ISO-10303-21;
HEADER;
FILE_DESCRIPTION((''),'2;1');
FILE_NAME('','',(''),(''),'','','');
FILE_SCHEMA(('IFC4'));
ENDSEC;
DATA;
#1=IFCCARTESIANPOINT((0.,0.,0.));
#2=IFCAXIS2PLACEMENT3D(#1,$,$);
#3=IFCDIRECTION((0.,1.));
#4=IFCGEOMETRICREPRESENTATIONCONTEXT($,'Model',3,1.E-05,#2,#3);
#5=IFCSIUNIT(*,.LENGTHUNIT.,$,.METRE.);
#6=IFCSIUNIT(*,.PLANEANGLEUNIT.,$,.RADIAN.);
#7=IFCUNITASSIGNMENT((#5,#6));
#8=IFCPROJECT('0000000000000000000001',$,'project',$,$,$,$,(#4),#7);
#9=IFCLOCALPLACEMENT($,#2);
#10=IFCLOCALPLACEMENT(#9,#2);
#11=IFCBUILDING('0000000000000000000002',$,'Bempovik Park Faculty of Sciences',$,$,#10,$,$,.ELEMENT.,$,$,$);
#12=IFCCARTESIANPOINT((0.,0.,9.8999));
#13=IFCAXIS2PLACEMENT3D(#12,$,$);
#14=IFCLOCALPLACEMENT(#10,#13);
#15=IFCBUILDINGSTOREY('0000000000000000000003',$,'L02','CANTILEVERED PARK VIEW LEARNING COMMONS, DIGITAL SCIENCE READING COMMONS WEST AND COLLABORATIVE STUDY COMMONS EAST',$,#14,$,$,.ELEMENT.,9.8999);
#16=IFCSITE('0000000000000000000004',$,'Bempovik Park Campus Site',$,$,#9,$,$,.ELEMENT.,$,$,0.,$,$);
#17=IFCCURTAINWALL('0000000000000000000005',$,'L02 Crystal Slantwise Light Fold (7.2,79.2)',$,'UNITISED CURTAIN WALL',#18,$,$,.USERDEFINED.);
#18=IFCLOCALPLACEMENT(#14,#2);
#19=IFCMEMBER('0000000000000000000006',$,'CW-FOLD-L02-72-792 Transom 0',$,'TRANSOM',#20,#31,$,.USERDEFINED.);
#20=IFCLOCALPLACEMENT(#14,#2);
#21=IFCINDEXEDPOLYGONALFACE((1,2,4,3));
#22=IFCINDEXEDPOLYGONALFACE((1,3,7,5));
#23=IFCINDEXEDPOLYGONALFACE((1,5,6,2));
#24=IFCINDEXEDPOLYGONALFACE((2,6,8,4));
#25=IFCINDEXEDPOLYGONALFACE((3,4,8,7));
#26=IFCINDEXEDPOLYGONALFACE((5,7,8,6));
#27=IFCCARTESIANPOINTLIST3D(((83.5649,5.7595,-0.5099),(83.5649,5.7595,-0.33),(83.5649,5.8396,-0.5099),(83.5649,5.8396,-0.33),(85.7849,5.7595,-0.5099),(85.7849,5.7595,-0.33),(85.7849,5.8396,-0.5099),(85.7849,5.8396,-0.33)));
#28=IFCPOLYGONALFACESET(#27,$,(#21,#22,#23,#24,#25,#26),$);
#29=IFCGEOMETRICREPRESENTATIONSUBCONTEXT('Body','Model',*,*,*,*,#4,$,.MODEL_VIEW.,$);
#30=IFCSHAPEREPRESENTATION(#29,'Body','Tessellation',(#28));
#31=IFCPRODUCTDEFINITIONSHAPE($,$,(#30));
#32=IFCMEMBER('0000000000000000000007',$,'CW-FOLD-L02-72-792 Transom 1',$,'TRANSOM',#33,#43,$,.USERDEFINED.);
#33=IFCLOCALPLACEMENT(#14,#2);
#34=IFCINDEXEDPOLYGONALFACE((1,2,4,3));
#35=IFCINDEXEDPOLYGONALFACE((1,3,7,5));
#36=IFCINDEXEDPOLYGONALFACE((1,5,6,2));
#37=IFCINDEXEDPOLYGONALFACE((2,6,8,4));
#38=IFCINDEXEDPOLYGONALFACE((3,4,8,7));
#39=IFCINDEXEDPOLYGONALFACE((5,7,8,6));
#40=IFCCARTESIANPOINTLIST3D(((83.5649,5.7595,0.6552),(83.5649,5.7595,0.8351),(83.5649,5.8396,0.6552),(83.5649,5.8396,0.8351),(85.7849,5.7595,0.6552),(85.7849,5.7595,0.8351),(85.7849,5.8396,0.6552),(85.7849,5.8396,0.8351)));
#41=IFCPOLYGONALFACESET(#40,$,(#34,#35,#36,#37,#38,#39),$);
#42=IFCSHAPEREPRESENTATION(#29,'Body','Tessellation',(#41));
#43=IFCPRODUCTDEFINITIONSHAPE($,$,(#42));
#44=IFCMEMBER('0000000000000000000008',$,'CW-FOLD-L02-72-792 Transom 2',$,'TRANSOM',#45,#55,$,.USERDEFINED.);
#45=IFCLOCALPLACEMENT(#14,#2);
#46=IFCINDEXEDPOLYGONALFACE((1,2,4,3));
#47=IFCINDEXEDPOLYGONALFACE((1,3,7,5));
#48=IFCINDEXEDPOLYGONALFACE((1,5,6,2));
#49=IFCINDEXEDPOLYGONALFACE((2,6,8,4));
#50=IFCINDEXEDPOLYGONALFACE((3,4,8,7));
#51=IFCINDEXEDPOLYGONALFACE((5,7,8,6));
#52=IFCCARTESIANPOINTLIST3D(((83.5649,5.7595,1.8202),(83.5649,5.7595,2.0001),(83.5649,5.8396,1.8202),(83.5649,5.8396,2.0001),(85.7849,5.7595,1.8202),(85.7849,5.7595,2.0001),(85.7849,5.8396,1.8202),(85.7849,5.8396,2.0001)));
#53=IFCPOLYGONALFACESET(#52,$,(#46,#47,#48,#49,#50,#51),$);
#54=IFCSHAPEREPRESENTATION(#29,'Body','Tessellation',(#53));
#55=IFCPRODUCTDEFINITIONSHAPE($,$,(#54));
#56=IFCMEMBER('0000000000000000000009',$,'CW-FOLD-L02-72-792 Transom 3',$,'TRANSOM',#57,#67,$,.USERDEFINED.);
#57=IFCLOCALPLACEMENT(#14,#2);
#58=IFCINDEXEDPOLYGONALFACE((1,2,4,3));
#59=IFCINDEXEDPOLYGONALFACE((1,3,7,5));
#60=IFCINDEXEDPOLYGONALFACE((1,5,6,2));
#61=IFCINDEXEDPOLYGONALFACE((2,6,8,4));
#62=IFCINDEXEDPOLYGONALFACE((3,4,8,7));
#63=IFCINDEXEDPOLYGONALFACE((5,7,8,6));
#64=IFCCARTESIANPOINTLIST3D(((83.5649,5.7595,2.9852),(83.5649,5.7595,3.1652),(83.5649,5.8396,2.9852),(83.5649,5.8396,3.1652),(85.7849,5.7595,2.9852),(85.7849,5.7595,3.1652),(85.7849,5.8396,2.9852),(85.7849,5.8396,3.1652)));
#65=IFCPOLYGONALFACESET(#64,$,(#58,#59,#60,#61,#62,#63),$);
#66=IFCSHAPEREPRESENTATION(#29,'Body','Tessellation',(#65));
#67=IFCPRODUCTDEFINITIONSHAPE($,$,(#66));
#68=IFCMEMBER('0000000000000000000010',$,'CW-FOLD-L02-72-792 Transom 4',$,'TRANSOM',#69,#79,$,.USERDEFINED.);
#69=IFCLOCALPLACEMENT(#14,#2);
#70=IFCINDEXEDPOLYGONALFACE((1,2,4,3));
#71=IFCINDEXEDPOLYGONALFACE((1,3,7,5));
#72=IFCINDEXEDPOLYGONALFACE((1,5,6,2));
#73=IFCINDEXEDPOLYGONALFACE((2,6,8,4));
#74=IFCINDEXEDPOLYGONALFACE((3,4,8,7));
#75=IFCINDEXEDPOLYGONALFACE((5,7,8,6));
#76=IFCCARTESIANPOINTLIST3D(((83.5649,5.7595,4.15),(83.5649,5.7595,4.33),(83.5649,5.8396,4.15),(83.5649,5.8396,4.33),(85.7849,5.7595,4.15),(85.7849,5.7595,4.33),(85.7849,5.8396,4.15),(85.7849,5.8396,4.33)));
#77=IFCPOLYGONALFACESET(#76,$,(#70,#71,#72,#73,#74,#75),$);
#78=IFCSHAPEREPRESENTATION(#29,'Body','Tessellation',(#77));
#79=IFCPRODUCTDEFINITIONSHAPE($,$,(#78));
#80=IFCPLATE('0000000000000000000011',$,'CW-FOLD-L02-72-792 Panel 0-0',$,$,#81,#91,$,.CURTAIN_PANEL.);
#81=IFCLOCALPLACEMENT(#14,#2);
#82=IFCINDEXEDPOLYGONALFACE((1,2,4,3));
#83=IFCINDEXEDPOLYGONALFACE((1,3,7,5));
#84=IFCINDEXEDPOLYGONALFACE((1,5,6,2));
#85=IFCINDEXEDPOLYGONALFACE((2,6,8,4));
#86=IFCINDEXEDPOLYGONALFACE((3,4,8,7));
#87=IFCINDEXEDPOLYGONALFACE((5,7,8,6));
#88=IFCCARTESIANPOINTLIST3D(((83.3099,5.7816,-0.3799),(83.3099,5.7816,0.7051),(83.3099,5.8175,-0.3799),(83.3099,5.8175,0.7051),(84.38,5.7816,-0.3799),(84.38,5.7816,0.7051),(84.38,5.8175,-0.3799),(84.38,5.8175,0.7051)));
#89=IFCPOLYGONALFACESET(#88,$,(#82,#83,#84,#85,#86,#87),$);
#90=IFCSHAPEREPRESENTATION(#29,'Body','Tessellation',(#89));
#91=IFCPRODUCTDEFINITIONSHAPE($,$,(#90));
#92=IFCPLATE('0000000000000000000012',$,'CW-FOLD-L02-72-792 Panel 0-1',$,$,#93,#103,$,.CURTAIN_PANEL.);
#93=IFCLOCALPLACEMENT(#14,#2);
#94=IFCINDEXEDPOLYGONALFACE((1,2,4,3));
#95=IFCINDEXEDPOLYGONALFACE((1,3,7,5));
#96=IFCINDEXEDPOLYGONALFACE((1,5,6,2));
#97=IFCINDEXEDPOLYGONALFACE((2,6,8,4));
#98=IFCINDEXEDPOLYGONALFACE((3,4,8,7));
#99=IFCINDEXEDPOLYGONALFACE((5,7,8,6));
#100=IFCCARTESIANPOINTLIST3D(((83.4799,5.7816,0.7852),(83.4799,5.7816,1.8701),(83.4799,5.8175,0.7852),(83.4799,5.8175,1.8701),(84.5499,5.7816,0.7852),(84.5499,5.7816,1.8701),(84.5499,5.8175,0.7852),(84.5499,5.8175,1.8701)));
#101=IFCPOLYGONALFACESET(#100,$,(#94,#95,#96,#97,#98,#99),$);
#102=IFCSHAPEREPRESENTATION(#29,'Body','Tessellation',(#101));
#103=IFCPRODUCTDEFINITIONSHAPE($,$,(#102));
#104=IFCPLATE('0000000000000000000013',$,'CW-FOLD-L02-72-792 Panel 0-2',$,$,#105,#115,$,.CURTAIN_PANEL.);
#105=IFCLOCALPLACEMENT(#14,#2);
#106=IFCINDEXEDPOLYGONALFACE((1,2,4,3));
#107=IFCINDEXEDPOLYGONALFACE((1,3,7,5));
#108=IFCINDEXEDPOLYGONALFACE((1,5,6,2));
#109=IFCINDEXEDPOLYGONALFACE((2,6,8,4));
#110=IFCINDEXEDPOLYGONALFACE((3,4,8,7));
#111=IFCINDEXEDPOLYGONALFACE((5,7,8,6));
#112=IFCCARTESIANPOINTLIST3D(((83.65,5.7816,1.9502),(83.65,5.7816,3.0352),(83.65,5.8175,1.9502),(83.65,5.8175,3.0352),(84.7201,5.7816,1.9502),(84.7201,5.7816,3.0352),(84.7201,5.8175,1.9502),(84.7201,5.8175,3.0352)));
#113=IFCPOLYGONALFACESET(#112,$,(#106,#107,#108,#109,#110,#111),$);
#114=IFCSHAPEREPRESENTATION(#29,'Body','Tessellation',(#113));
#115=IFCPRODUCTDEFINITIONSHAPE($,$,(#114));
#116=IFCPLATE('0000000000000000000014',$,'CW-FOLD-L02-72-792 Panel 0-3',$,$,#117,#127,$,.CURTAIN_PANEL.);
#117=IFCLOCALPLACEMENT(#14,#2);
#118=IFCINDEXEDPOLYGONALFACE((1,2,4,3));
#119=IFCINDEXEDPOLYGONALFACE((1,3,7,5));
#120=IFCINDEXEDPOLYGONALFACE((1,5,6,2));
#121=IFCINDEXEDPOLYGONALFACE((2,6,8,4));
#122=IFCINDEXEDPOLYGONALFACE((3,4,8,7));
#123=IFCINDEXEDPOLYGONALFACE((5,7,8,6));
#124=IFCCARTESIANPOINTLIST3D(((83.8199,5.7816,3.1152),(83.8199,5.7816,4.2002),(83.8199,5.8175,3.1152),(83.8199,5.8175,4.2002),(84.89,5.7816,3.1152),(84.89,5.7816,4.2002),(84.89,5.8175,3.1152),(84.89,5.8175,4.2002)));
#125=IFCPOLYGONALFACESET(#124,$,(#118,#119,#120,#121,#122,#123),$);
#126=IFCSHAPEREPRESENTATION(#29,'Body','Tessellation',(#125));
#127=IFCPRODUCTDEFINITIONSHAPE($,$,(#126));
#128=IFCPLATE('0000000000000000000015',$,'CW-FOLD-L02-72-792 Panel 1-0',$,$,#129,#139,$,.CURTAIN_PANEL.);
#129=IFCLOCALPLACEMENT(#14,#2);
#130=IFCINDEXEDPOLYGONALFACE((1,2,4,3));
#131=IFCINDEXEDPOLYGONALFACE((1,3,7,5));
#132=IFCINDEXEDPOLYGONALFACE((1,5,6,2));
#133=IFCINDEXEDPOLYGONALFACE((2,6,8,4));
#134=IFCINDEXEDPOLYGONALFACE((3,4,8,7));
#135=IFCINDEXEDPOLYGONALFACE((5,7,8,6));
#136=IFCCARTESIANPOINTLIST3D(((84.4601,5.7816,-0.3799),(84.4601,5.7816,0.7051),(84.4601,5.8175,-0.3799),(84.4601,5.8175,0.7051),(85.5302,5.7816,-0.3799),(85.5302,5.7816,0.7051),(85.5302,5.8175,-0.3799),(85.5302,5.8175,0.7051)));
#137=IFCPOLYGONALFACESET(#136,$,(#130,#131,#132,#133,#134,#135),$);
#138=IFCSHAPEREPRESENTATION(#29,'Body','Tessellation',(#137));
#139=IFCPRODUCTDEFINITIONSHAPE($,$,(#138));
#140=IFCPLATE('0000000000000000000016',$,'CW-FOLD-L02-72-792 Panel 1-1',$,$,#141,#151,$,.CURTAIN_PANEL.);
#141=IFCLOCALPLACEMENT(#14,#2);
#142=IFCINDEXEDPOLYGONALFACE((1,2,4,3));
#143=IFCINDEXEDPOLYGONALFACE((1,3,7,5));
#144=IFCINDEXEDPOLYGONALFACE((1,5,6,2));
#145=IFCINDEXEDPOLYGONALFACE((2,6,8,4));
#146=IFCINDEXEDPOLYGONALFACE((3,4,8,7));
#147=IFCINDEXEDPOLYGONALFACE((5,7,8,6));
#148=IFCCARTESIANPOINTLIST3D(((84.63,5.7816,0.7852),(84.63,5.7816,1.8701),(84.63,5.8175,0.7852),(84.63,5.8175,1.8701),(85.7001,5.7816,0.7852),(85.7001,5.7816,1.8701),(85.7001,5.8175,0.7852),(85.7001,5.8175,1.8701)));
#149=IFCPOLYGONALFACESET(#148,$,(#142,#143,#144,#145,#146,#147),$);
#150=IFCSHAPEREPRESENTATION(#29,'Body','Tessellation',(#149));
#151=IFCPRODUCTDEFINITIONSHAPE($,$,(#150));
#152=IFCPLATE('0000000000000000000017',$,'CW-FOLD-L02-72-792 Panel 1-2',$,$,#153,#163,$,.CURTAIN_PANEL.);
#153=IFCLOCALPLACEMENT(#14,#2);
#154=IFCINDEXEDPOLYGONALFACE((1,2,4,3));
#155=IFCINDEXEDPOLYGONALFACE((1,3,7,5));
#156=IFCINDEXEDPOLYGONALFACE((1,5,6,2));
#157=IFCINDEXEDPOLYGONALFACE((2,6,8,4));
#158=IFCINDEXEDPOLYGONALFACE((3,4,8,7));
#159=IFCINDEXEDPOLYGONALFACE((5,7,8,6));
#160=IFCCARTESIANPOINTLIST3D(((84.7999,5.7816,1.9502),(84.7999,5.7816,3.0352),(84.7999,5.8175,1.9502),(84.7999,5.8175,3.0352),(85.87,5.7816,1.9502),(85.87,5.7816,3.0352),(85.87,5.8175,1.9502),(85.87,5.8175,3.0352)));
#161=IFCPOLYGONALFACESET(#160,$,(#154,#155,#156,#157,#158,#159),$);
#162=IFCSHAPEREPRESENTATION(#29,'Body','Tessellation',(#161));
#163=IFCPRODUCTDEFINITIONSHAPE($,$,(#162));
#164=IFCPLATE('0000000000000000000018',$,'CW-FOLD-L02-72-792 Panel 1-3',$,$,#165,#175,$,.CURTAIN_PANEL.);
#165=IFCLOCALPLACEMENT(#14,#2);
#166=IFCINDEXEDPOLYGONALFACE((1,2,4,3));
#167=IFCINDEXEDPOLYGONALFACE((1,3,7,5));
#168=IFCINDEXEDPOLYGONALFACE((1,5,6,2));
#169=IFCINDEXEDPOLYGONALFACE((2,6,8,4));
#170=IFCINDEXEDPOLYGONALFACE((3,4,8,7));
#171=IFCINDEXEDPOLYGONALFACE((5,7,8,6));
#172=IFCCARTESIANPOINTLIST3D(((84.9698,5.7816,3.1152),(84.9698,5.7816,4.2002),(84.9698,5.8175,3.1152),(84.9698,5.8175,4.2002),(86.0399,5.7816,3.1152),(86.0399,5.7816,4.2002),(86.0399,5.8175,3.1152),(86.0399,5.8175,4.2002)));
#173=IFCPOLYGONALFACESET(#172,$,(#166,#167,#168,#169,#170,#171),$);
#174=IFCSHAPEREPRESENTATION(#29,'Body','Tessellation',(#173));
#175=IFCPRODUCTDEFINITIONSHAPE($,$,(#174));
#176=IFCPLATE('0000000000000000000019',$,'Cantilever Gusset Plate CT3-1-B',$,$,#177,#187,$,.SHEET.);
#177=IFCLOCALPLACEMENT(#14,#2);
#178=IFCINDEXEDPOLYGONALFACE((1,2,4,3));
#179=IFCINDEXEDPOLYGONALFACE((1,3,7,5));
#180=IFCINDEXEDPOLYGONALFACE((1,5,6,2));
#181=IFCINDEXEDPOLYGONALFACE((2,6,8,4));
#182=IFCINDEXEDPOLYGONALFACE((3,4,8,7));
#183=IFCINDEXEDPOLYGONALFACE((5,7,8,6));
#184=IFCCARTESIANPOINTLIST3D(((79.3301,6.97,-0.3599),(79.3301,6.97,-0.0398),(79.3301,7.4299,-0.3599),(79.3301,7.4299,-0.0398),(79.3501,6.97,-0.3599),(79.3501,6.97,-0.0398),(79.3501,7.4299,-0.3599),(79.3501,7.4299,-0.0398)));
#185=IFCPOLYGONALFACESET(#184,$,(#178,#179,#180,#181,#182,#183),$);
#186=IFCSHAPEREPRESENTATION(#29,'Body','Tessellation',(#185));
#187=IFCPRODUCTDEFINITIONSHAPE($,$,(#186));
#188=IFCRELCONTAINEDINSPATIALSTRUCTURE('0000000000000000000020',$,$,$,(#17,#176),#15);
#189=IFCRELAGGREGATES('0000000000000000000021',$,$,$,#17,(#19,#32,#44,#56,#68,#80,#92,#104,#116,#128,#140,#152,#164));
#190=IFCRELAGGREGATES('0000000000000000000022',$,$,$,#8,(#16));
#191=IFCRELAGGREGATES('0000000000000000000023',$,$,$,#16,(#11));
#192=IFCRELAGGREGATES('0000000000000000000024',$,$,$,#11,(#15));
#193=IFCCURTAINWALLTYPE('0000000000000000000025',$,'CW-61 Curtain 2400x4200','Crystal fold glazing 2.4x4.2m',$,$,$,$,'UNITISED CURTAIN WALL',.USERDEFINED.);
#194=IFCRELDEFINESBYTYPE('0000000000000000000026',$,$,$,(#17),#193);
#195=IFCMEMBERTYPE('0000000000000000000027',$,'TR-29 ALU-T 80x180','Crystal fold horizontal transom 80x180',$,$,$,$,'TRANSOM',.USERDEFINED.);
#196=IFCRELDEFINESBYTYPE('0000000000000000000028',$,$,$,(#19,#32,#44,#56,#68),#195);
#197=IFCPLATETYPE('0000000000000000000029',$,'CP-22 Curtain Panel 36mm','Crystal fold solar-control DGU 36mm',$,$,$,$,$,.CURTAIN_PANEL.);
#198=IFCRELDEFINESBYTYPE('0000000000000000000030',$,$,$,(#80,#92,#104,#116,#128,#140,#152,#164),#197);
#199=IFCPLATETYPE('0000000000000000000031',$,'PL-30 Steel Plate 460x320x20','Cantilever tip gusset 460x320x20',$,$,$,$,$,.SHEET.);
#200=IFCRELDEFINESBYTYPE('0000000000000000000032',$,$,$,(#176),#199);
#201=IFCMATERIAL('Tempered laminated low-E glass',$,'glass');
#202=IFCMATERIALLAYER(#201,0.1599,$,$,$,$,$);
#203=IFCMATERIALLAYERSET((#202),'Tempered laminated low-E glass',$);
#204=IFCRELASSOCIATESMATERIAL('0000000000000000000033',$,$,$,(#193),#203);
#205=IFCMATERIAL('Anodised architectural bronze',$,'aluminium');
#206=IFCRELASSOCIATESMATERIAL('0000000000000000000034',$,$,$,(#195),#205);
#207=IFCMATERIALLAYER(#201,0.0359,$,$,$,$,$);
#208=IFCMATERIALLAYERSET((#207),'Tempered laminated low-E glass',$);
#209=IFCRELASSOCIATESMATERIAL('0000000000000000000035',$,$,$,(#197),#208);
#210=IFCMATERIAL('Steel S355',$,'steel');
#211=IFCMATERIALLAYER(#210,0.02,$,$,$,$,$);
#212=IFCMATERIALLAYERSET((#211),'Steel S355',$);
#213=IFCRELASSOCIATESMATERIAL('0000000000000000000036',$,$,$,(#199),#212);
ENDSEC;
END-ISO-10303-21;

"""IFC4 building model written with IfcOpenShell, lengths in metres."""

from ifc_helpers import new_model, si_unit, direction, frame, origin, origin_2d, place, context, subcontext, project, spatial, rectangle, extrude, material, layer, layer_set, material_profile, profile_set, type_object, element, aggregate, save


model = new_model("IFC4")

# Units and contexts
model_context = context("Model", 3, precision=1e-05, world=origin(), true_north=direction((0.0, 1.0)))
body_context = subcontext(model_context, "Body", "Model", "MODEL_VIEW")
ifc_project = project(units=[si_unit("LENGTHUNIT", "METRE"), si_unit("PLANEANGLEUNIT", "RADIAN")], contexts=[model_context])

# Site, building, storey
site_placement = place(None, origin())
site = spatial("IfcSite", under=ifc_project, at=site_placement, Name="Bempovik Park Campus Site", CompositionType="ELEMENT", RefElevation=0.0)
building_placement = place(site_placement, origin())
building = spatial("IfcBuilding", under=site, at=building_placement, Name="Bempovik Park Faculty of Sciences", CompositionType="ELEMENT")
storey_placement = place(building_placement, frame((0.0, 0.0, 9.8999)))
storey = spatial("IfcBuildingStorey", under=building, at=storey_placement, Name="L02", Description="CANTILEVERED PARK VIEW LEARNING COMMONS, DIGITAL SCIENCE READING COMMONS WEST AND COLLABORATIVE STUDY COMMONS EAST", CompositionType="ELEMENT", Elevation=9.8999)

# Shared definitions
ifc_material_1 = material(Name="Steel S355", Category="steel")

# Curtain wall, members, plates
ifc_material_2 = material(Name="Tempered laminated low-E glass", Category="glass")
ifc_layer_1 = layer(ifc_material_2, 0.1599)
ifc_layer_set_1 = layer_set([ifc_layer_1], Name="Tempered laminated low-E glass")
curtain_wall_type = type_object("IfcCurtainWallType", Name="CW-61 Curtain 2400x4200", Description="Crystal fold glazing 2.4x4.2m", ElementType="UNITISED CURTAIN WALL", PredefinedType="USERDEFINED", material=ifc_layer_set_1)
curtain_wall_placement = place(storey_placement, origin())
curtain_wall = element("IfcCurtainWall", 1, at=curtain_wall_placement, inside=storey, type_object=curtain_wall_type, Name="L02 Crystal Slantwise Light Fold (7.2,79.2)", ObjectType="UNITISED CURTAIN WALL", PredefinedType="USERDEFINED")
ifc_material_3 = material(Name="Anodised architectural bronze", Category="aluminium")
ifc_material_profile_1 = material_profile(ifc_material_3, rectangle(XDim=0.0801, YDim=0.1799, at=origin_2d()), Name="ALU-T 80x180")
ifc_profile_set_1 = profile_set([ifc_material_profile_1], Name="Anodised architectural bronze")
member_type_1 = type_object("IfcMemberType", Name="TR-29 ALU-T 80x180", Description="Crystal fold horizontal transom 80x180", ElementType="TRANSOM", PredefinedType="USERDEFINED", material=ifc_profile_set_1)
member_1_placement = place(storey_placement, frame((83.5649, 5.7996, -0.4199), z_axis=(1.0, 0.0, 0.0), x_axis=(0.0, 1.0, 0.0)))
member_1 = element("IfcMember", 2, at=member_1_placement, type_object=member_type_1, Name="CW-FOLD-L02-72-792 Transom 0", ObjectType="TRANSOM", PredefinedType="USERDEFINED", context=body_context, shape_type="SweptSolid", body=[
    extrude(rectangle(XDim=0.0801, YDim=0.1799, at=origin_2d()), origin(), (0.0, 0.0, 1.0), 2.22),
])
member_2_placement = place(storey_placement, frame((83.5649, 5.7996, 0.7451), z_axis=(1.0, 0.0, 0.0), x_axis=(0.0, 1.0, 0.0)))
member_2 = element("IfcMember", 3, at=member_2_placement, type_object=member_type_1, Name="CW-FOLD-L02-72-792 Transom 1", ObjectType="TRANSOM", PredefinedType="USERDEFINED", context=body_context, shape_type="SweptSolid", body=[
    extrude(rectangle(XDim=0.0801, YDim=0.1799, at=origin_2d()), origin(), (0.0, 0.0, 1.0), 2.22),
])
member_3_placement = place(storey_placement, frame((83.5649, 5.7996, 1.9102), z_axis=(1.0, 0.0, 0.0), x_axis=(0.0, 1.0, 0.0)))
member_3 = element("IfcMember", 4, at=member_3_placement, type_object=member_type_1, Name="CW-FOLD-L02-72-792 Transom 2", ObjectType="TRANSOM", PredefinedType="USERDEFINED", context=body_context, shape_type="SweptSolid", body=[
    extrude(rectangle(XDim=0.0801, YDim=0.1799, at=origin_2d()), origin(), (0.0, 0.0, 1.0), 2.22),
])
member_4_placement = place(storey_placement, frame((83.5649, 5.7996, 3.0752), z_axis=(1.0, 0.0, 0.0), x_axis=(0.0, 1.0, 0.0)))
member_4 = element("IfcMember", 5, at=member_4_placement, type_object=member_type_1, Name="CW-FOLD-L02-72-792 Transom 3", ObjectType="TRANSOM", PredefinedType="USERDEFINED", context=body_context, shape_type="SweptSolid", body=[
    extrude(rectangle(XDim=0.0801, YDim=0.1799, at=origin_2d()), origin(), (0.0, 0.0, 1.0), 2.22),
])
member_5_placement = place(storey_placement, frame((83.5649, 5.7996, 4.24), z_axis=(1.0, 0.0, 0.0), x_axis=(0.0, 1.0, 0.0)))
member_5 = element("IfcMember", 6, at=member_5_placement, type_object=member_type_1, Name="CW-FOLD-L02-72-792 Transom 4", ObjectType="TRANSOM", PredefinedType="USERDEFINED", context=body_context, shape_type="SweptSolid", body=[
    extrude(rectangle(XDim=0.0801, YDim=0.1799, at=origin_2d()), origin(), (0.0, 0.0, 1.0), 2.22),
])
ifc_layer_2 = layer(ifc_material_2, 0.0359)
ifc_layer_set_2 = layer_set([ifc_layer_2], Name="Tempered laminated low-E glass")
plate_type_1 = type_object("IfcPlateType", Name="CP-22 Curtain Panel 36mm", Description="Crystal fold solar-control DGU 36mm", PredefinedType="CURTAIN_PANEL", material=ifc_layer_set_2)
plate_1_placement = place(storey_placement, frame((83.845, 5.7996, -0.3799), z_axis=(0.0, 0.0, 1.0), x_axis=(1.0, 0.0, 0.0)))
plate_1 = element("IfcPlate", 7, at=plate_1_placement, type_object=plate_type_1, Name="CW-FOLD-L02-72-792 Panel 0-0", PredefinedType="CURTAIN_PANEL", context=body_context, shape_type="SweptSolid", body=[
    extrude(rectangle(XDim=1.0701, YDim=0.0359, at=origin_2d()), origin(), (0.0, 0.0, 1.0), 1.085),
])
plate_2_placement = place(storey_placement, frame((84.0149, 5.7996, 0.7852), z_axis=(0.0, 0.0, 1.0), x_axis=(1.0, 0.0, 0.0)))
plate_2 = element("IfcPlate", 8, at=plate_2_placement, type_object=plate_type_1, Name="CW-FOLD-L02-72-792 Panel 0-1", PredefinedType="CURTAIN_PANEL", context=body_context, shape_type="SweptSolid", body=[
    extrude(rectangle(XDim=1.0701, YDim=0.0359, at=origin_2d()), origin(), (0.0, 0.0, 1.0), 1.085),
])
plate_3_placement = place(storey_placement, frame((84.1851, 5.7996, 1.9502), z_axis=(0.0, 0.0, 1.0), x_axis=(1.0, 0.0, 0.0)))
plate_3 = element("IfcPlate", 9, at=plate_3_placement, type_object=plate_type_1, Name="CW-FOLD-L02-72-792 Panel 0-2", PredefinedType="CURTAIN_PANEL", context=body_context, shape_type="SweptSolid", body=[
    extrude(rectangle(XDim=1.0701, YDim=0.0359, at=origin_2d()), origin(), (0.0, 0.0, 1.0), 1.085),
])
plate_4_placement = place(storey_placement, frame((84.355, 5.7996, 3.1152), z_axis=(0.0, 0.0, 1.0), x_axis=(1.0, 0.0, 0.0)))
plate_4 = element("IfcPlate", 10, at=plate_4_placement, type_object=plate_type_1, Name="CW-FOLD-L02-72-792 Panel 0-3", PredefinedType="CURTAIN_PANEL", context=body_context, shape_type="SweptSolid", body=[
    extrude(rectangle(XDim=1.0701, YDim=0.0359, at=origin_2d()), origin(), (0.0, 0.0, 1.0), 1.085),
])
plate_5_placement = place(storey_placement, frame((84.9951, 5.7996, -0.3799), z_axis=(0.0, 0.0, 1.0), x_axis=(1.0, 0.0, 0.0)))
plate_5 = element("IfcPlate", 11, at=plate_5_placement, type_object=plate_type_1, Name="CW-FOLD-L02-72-792 Panel 1-0", PredefinedType="CURTAIN_PANEL", context=body_context, shape_type="SweptSolid", body=[
    extrude(rectangle(XDim=1.0701, YDim=0.0359, at=origin_2d()), origin(), (0.0, 0.0, 1.0), 1.085),
])
plate_6_placement = place(storey_placement, frame((85.165, 5.7996, 0.7852), z_axis=(0.0, 0.0, 1.0), x_axis=(1.0, 0.0, 0.0)))
plate_6 = element("IfcPlate", 12, at=plate_6_placement, type_object=plate_type_1, Name="CW-FOLD-L02-72-792 Panel 1-1", PredefinedType="CURTAIN_PANEL", context=body_context, shape_type="SweptSolid", body=[
    extrude(rectangle(XDim=1.0701, YDim=0.0359, at=origin_2d()), origin(), (0.0, 0.0, 1.0), 1.085),
])
plate_7_placement = place(storey_placement, frame((85.335, 5.7996, 1.9502), z_axis=(0.0, 0.0, 1.0), x_axis=(1.0, 0.0, 0.0)))
plate_7 = element("IfcPlate", 13, at=plate_7_placement, type_object=plate_type_1, Name="CW-FOLD-L02-72-792 Panel 1-2", PredefinedType="CURTAIN_PANEL", context=body_context, shape_type="SweptSolid", body=[
    extrude(rectangle(XDim=1.0701, YDim=0.0359, at=origin_2d()), origin(), (0.0, 0.0, 1.0), 1.085),
])
plate_8_placement = place(storey_placement, frame((85.5049, 5.7996, 3.1152), z_axis=(0.0, 0.0, 1.0), x_axis=(1.0, 0.0, 0.0)))
plate_8 = element("IfcPlate", 14, at=plate_8_placement, type_object=plate_type_1, Name="CW-FOLD-L02-72-792 Panel 1-3", PredefinedType="CURTAIN_PANEL", context=body_context, shape_type="SweptSolid", body=[
    extrude(rectangle(XDim=1.0701, YDim=0.0359, at=origin_2d()), origin(), (0.0, 0.0, 1.0), 1.085),
])
aggregate(curtain_wall, [member_1, member_2, member_3, member_4, member_5, plate_1, plate_2, plate_3, plate_4, plate_5, plate_6, plate_7, plate_8])

# Plate
ifc_layer_3 = layer(ifc_material_1, 0.02)
ifc_layer_set_3 = layer_set([ifc_layer_3], Name="Steel S355")
plate_type_2 = type_object("IfcPlateType", Name="PL-30 Steel Plate 460x320x20", Description="Cantilever tip gusset 460x320x20", PredefinedType="SHEET", material=ifc_layer_set_3)
plate_9_placement = place(storey_placement, frame((79.3401, 7.2, -0.3599), z_axis=(0.0, 0.0, 1.0), x_axis=(1.0, 0.0, 0.0)))
element("IfcPlate", 15, at=plate_9_placement, inside=storey, type_object=plate_type_2, Name="Cantilever Gusset Plate CT3-1-B", PredefinedType="SHEET", context=body_context, shape_type="SweptSolid", body=[
    extrude(rectangle(XDim=0.02, YDim=0.46, at=origin_2d()), origin(), (0.0, 0.0, 1.0), 0.3201),
])

save(model, "model.ifc")
